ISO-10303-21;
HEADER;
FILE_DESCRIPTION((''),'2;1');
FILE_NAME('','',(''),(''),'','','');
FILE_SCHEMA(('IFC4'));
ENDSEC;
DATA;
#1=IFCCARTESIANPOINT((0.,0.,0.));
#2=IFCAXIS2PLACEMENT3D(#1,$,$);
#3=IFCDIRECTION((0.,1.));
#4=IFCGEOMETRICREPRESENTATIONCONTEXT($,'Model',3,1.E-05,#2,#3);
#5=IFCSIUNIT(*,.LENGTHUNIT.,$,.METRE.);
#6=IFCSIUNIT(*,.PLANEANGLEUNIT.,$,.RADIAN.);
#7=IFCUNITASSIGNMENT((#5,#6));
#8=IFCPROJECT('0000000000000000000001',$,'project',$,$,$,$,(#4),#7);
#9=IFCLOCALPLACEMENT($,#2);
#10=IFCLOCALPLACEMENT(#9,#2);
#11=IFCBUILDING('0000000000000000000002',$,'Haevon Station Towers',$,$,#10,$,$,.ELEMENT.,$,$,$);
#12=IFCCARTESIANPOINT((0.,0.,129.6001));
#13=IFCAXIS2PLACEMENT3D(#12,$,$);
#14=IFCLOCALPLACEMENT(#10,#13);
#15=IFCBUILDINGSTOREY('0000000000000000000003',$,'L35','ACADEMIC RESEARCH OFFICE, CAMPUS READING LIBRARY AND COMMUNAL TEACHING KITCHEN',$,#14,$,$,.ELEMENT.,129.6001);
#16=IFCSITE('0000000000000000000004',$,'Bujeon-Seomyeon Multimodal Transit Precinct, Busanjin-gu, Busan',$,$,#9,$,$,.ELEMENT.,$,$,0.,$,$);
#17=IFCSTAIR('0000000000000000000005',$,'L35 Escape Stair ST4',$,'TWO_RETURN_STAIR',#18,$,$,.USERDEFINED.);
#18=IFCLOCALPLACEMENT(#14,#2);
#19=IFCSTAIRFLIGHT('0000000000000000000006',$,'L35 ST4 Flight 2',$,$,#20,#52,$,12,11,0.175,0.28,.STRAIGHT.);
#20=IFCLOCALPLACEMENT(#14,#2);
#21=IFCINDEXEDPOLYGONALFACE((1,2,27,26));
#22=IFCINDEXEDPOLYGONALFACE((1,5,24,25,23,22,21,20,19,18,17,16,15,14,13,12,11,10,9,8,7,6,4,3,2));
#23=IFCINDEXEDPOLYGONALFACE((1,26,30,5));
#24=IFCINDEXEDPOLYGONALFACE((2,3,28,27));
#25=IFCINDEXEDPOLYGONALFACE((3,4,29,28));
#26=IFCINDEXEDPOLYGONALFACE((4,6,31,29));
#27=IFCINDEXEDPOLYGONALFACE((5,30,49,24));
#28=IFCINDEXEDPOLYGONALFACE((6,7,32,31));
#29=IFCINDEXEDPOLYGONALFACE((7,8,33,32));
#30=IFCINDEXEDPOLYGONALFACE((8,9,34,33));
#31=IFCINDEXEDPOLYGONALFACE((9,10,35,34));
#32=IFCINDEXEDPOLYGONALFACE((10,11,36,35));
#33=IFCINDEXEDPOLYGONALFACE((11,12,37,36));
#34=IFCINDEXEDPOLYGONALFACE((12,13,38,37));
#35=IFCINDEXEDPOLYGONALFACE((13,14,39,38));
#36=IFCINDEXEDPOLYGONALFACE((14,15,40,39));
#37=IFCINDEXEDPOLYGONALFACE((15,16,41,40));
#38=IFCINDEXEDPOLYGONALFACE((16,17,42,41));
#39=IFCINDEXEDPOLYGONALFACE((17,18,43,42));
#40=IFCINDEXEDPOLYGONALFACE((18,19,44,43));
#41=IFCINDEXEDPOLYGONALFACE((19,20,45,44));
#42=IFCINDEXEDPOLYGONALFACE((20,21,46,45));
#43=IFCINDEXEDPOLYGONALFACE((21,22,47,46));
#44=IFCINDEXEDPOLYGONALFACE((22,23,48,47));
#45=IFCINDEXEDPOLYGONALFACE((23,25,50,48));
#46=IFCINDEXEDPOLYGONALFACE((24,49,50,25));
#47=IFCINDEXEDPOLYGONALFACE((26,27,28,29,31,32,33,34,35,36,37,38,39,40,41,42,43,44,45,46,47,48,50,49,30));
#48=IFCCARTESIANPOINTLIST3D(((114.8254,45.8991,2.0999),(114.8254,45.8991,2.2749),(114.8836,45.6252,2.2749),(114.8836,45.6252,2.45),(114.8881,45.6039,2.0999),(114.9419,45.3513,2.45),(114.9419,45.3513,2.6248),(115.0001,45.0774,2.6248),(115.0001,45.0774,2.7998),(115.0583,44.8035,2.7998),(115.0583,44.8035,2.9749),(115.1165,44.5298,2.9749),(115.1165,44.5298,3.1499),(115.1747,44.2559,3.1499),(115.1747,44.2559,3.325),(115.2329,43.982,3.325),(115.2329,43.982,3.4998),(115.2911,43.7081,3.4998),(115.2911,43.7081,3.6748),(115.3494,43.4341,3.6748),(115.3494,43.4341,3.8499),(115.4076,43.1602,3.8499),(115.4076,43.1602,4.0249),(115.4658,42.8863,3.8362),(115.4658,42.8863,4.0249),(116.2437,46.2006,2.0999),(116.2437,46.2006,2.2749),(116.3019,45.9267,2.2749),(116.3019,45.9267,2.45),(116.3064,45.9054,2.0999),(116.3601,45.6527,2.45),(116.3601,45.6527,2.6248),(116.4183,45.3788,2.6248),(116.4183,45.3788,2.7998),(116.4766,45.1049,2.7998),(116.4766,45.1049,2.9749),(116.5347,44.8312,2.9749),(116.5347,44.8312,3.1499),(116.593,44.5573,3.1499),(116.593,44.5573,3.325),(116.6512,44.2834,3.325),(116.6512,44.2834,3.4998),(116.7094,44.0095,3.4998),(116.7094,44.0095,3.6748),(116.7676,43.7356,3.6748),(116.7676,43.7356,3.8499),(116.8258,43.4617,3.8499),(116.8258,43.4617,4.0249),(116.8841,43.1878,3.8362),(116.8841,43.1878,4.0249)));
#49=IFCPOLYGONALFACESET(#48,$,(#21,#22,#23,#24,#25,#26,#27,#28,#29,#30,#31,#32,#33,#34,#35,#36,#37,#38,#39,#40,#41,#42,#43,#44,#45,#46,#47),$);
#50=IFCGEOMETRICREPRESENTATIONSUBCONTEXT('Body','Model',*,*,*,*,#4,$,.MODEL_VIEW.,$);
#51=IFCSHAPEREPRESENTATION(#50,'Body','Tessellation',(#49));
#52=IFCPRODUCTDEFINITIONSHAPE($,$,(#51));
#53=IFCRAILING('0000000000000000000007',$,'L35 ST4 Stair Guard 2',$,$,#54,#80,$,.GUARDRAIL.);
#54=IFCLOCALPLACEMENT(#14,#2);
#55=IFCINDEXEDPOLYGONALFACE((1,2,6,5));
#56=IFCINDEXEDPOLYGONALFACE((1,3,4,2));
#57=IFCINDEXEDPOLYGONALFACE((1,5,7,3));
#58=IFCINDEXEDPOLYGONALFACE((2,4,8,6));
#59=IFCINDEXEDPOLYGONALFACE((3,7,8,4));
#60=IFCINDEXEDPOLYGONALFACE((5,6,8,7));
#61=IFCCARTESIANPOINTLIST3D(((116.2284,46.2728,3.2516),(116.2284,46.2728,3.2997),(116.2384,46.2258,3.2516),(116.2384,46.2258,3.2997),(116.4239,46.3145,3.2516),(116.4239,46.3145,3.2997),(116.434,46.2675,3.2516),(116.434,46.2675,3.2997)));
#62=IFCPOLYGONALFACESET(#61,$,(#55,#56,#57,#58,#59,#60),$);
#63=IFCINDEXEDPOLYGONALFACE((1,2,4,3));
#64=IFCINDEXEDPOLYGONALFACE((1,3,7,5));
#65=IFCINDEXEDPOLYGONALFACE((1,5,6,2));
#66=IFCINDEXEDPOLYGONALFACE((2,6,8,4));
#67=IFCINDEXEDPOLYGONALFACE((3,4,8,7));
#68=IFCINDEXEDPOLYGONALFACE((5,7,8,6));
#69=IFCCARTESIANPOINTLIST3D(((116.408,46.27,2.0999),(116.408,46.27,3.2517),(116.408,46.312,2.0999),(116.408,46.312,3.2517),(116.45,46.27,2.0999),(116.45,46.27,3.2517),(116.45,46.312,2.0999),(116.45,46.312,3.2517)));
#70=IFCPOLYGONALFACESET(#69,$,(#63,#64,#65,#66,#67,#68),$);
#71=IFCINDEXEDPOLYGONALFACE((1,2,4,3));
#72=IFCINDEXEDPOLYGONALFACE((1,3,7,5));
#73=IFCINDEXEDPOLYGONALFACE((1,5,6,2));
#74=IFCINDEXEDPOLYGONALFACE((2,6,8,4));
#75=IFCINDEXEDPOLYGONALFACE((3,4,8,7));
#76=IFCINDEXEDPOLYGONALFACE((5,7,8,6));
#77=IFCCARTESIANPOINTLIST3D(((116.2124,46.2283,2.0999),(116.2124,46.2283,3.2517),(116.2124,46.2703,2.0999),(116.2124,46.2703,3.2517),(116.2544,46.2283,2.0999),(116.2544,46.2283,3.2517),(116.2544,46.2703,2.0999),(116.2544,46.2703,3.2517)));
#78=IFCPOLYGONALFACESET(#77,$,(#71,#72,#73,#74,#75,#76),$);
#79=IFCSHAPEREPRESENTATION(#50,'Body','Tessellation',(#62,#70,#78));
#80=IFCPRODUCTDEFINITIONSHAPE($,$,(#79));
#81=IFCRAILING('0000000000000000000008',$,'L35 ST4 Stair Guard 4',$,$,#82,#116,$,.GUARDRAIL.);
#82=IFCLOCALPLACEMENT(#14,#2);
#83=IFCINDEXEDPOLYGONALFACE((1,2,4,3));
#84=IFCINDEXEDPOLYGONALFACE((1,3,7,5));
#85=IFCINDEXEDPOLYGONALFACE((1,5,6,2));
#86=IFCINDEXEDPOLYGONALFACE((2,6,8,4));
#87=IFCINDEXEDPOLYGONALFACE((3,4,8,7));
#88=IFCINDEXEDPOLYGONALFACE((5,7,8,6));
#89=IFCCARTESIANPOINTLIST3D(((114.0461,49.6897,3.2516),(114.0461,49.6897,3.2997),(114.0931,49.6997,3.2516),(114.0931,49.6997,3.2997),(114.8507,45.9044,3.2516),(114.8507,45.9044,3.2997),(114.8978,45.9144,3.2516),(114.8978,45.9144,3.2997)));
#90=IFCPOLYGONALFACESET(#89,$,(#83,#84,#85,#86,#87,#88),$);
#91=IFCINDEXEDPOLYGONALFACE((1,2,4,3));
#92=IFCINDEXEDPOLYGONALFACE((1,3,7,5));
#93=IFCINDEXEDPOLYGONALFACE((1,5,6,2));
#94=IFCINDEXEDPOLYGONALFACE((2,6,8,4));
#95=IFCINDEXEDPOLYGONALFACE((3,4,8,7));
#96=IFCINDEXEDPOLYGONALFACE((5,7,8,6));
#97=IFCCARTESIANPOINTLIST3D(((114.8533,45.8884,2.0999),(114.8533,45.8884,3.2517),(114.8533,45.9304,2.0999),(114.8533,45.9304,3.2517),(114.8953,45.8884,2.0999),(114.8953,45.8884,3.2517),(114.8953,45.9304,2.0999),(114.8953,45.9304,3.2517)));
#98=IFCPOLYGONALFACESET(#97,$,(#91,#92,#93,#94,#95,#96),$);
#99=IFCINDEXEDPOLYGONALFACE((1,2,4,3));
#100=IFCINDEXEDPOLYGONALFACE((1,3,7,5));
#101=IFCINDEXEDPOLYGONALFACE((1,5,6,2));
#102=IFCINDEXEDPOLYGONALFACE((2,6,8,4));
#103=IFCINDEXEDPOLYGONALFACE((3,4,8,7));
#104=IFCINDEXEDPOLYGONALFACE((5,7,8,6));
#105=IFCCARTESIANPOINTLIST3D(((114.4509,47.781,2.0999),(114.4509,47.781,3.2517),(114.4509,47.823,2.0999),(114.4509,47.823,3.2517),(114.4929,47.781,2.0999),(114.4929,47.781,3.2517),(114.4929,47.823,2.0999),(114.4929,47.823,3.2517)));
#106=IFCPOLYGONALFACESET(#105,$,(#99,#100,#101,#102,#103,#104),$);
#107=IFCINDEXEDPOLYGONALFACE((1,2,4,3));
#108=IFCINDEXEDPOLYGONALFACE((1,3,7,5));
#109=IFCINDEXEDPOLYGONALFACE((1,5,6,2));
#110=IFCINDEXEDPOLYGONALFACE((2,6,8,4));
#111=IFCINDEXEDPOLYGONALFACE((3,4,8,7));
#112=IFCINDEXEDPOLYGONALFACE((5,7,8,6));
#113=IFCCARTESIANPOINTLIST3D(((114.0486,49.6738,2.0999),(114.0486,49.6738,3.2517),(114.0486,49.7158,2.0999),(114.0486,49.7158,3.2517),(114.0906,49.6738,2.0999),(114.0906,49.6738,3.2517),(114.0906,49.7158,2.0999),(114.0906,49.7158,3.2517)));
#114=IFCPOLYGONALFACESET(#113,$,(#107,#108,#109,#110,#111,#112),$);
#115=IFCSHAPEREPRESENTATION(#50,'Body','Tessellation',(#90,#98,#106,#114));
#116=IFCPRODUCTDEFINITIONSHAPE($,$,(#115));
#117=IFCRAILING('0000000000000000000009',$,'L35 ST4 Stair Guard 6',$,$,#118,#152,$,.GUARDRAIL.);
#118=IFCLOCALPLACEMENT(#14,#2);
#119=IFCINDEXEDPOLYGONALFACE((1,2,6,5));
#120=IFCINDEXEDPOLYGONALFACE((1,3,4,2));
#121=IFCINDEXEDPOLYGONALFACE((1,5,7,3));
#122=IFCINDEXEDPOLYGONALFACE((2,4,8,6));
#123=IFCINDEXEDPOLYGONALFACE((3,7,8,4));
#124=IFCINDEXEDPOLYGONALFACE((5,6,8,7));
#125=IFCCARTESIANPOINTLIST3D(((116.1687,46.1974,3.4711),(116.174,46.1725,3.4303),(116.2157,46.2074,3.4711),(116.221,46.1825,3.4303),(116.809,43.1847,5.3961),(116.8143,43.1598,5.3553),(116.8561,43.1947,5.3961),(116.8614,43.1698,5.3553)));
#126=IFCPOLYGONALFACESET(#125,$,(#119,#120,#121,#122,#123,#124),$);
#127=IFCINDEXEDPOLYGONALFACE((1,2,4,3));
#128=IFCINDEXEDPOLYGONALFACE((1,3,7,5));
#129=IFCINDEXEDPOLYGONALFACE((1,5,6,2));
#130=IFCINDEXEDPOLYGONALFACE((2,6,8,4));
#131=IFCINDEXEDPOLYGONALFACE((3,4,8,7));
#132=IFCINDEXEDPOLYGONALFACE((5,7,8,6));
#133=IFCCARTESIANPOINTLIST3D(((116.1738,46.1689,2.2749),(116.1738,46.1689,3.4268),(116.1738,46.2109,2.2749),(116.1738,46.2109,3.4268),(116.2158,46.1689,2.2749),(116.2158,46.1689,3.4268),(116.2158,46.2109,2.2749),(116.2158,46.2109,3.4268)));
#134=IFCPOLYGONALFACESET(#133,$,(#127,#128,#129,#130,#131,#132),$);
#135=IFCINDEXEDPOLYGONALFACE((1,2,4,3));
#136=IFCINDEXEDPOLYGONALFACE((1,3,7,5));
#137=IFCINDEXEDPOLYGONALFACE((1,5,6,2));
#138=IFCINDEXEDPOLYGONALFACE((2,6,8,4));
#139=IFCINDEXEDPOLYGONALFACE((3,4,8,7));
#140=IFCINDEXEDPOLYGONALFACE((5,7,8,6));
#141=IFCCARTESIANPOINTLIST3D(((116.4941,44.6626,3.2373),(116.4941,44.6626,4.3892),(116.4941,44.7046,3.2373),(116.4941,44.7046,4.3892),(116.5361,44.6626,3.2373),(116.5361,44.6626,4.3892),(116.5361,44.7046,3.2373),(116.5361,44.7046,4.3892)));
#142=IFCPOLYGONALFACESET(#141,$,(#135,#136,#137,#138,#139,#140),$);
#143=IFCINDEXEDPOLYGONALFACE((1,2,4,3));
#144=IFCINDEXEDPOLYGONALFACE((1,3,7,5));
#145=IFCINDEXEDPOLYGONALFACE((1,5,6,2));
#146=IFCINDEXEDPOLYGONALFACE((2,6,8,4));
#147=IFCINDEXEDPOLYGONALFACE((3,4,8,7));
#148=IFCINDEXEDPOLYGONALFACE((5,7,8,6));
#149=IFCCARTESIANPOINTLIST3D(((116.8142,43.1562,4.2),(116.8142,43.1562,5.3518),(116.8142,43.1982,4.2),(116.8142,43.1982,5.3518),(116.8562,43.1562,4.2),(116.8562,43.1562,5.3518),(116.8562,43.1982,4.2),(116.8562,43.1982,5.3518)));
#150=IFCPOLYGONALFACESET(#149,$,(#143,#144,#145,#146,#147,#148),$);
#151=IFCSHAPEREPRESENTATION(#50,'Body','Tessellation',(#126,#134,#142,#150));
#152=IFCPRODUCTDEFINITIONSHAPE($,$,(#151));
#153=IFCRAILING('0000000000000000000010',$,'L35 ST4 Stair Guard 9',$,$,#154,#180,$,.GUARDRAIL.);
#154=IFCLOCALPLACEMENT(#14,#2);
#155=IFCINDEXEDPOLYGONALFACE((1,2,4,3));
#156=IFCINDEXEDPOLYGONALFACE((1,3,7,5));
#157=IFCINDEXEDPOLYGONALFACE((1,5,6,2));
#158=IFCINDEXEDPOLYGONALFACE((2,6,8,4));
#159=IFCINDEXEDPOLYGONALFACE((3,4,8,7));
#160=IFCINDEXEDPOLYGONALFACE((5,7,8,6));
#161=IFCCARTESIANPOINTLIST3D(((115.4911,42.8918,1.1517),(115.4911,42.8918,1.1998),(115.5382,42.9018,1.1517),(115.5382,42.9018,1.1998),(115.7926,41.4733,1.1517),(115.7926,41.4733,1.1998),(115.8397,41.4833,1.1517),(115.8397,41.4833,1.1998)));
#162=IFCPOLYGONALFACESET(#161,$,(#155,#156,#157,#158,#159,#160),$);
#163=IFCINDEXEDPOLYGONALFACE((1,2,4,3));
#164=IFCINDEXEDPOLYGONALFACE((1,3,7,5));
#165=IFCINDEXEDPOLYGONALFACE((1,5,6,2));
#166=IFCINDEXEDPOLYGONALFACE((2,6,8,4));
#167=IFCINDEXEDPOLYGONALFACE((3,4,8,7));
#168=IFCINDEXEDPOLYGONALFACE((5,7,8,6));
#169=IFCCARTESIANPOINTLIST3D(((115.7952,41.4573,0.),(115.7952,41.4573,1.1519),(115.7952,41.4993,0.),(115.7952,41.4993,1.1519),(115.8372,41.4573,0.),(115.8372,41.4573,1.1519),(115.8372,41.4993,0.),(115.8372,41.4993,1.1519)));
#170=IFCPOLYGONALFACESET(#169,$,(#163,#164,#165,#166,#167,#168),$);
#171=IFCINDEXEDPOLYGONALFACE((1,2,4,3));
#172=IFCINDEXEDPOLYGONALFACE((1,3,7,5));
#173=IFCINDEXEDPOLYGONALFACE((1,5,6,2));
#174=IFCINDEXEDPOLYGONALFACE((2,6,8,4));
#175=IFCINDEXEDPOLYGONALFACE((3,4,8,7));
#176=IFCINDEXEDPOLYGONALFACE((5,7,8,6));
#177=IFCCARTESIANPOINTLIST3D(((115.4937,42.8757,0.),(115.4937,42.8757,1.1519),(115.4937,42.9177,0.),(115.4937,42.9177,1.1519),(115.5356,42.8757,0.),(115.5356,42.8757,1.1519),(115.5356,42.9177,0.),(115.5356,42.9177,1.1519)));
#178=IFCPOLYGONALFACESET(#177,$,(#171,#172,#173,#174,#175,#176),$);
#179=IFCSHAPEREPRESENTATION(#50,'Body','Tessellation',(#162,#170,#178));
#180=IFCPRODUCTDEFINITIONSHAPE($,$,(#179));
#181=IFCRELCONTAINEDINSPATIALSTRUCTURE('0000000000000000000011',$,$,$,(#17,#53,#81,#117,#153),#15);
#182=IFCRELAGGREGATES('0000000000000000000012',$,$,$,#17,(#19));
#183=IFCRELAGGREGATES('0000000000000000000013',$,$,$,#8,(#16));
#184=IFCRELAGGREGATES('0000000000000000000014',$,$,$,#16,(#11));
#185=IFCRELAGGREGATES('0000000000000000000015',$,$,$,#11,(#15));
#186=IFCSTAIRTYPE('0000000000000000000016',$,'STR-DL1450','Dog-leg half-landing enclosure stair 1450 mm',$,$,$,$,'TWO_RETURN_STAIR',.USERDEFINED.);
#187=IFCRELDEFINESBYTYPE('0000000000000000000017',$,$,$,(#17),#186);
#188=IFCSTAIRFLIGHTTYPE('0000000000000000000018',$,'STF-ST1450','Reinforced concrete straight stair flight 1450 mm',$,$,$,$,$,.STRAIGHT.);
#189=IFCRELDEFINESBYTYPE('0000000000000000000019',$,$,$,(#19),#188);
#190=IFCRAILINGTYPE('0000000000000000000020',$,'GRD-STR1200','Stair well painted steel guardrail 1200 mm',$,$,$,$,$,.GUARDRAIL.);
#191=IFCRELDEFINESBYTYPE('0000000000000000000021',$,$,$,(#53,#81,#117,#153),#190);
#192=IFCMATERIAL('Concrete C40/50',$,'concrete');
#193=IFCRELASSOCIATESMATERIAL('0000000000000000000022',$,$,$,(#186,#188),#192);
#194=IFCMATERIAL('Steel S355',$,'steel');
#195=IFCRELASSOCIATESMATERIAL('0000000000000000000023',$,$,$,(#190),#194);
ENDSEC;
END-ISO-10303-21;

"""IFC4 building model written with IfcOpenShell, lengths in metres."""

from ifc_helpers import new_model, si_unit, direction, frame, origin, origin_2d, place, context, subcontext, project, spatial, polyline, rectangle, outline, extrude, material, type_object, element, aggregate, save


model = new_model("IFC4")

# Units and contexts
model_context = context("Model", 3, precision=1e-05, world=origin(), true_north=direction((0.0, 1.0)))
body_context = subcontext(model_context, "Body", "Model", "MODEL_VIEW")
ifc_project = project(units=[si_unit("LENGTHUNIT", "METRE"), si_unit("PLANEANGLEUNIT", "RADIAN")], contexts=[model_context])

# Site, building, storey
site_placement = place(None, origin())
site = spatial("IfcSite", under=ifc_project, at=site_placement, Name="Bujeon-Seomyeon Multimodal Transit Precinct, Busanjin-gu, Busan", CompositionType="ELEMENT", RefElevation=0.0)
building_placement = place(site_placement, origin())
building = spatial("IfcBuilding", under=site, at=building_placement, Name="Haevon Station Towers", CompositionType="ELEMENT")
storey_placement = place(building_placement, frame((0.0, 0.0, 129.6001)))
storey = spatial("IfcBuildingStorey", under=building, at=storey_placement, Name="L35", Description="ACADEMIC RESEARCH OFFICE, CAMPUS READING LIBRARY AND COMMUNAL TEACHING KITCHEN", CompositionType="ELEMENT", Elevation=129.6001)

# Shared definitions
ifc_material_1 = material(Name="Steel S355", Category="steel")

# Shared definitions
ifc_material_2 = material(Name="Concrete C40/50", Category="concrete")

# Stair, stair flight
stair_type = type_object("IfcStairType", Name="STR-DL1450", Description="Dog-leg half-landing enclosure stair 1450 mm", ElementType="TWO_RETURN_STAIR", PredefinedType="USERDEFINED", material=ifc_material_2)
stair_placement = place(storey_placement, origin())
stair = element("IfcStair", 1, at=stair_placement, inside=storey, type_object=stair_type, Name="L35 Escape Stair ST4", ObjectType="TWO_RETURN_STAIR", PredefinedType="USERDEFINED")
stair_flight_type = type_object("IfcStairFlightType", Name="STF-ST1450", Description="Reinforced concrete straight stair flight 1450 mm", PredefinedType="STRAIGHT", material=ifc_material_2)
stair_flight_placement = place(storey_placement, frame((115.5344, 46.0498, 2.0999), z_axis=(0.0, 0.0, 1.0), x_axis=(0.207912, -0.978148, 0.0)))
stair_flight = element("IfcStairFlight", 2, at=stair_flight_placement, type_object=stair_flight_type, Name="L35 ST4 Flight 2", NumberOfRisers=12, NumberOfTreads=11, PredefinedType="STRAIGHT", RiserHeight=0.175, TreadLength=0.28, context=body_context, shape_type="SweptSolid", body=[
    extrude(outline(polyline([(0.0, 0.0), (0.0, 0.175), (0.28, 0.175), (0.28, 0.3501), (0.5601, 0.3501), (0.5601, 0.5249), (0.8401, 0.5249), (0.8401, 0.7), (1.1201, 0.7), (1.1201, 0.875), (1.3999, 0.875), (1.3999, 1.05), (1.6799, 1.05), (1.6799, 1.2251), (1.96, 1.2251), (1.96, 1.3999), (2.24, 1.3999), (2.24, 1.575), (2.52, 1.575), (2.52, 1.75), (2.8, 1.75), (2.8, 1.925), (3.0801, 1.925), (3.0801, 2.1001), (3.0801, 1.7363), (0.3018, 0.0), (0.0, 0.0)])), frame((0.0, 0.7251, 0.0), z_axis=(0.0, -1.0, 0.0), x_axis=(1.0, 0.0, 0.0)), (0.0, 0.0, 1.0), 1.45),
])
aggregate(stair, [stair_flight])

# Railings
railing_type_1 = type_object("IfcRailingType", Name="GRD-STR1200", Description="Stair well painted steel guardrail 1200 mm", PredefinedType="GUARDRAIL", material=ifc_material_1)
railing_1_placement = place(storey_placement, frame((116.429, 46.291, 2.0999)))
element("IfcRailing", 3, at=railing_1_placement, inside=storey, type_object=railing_type_1, Name="L35 ST4 Stair Guard 2", PredefinedType="GUARDRAIL", context=body_context, shape_type="SweptSolid", body=[
    extrude(rectangle(XDim=0.0481, YDim=0.0481, at=origin_2d()), frame((0.0, 0.0, 1.1758), z_axis=(-0.977963, -0.208779, 0.0), x_axis=(0.208779, -0.977963, 0.0)), (0.0, 0.0, 1.0), 0.2),
    extrude(rectangle(XDim=0.042, YDim=0.042, at=origin_2d()), origin(), (0.0, 0.0, 1.0), 1.1519),
    extrude(rectangle(XDim=0.042, YDim=0.042, at=origin_2d()), frame((-0.1956, -0.0417, 0.0)), (0.0, 0.0, 1.0), 1.1519),
])
railing_2_placement = place(storey_placement, frame((114.8743, 45.9094, 2.0999)))
element("IfcRailing", 4, at=railing_2_placement, inside=storey, type_object=railing_type_1, Name="L35 ST4 Stair Guard 4", PredefinedType="GUARDRAIL", context=body_context, shape_type="SweptSolid", body=[
    extrude(rectangle(XDim=0.0481, YDim=0.0481, at=origin_2d()), frame((0.0, 0.0, 1.1758), z_axis=(-0.20793, 0.978144, 0.0), x_axis=(-0.978144, -0.20793, 0.0)), (0.0, 0.0, 1.0), 3.8699),
    extrude(rectangle(XDim=0.042, YDim=0.042, at=origin_2d()), origin(), (0.0, 0.0, 1.0), 1.1519),
    extrude(rectangle(XDim=0.042, YDim=0.042, at=origin_2d()), frame((-0.4023, 1.8926, 0.0)), (0.0, 0.0, 1.0), 1.1519),
    extrude(rectangle(XDim=0.042, YDim=0.042, at=origin_2d()), frame((-0.8047, 3.7854, 0.0)), (0.0, 0.0, 1.0), 1.1519),
])
railing_3_placement = place(storey_placement, frame((116.1948, 46.1899, 2.2749)))
element("IfcRailing", 5, at=railing_3_placement, inside=storey, type_object=railing_type_1, Name="L35 ST4 Stair Guard 6", PredefinedType="GUARDRAIL", context=body_context, shape_type="SweptSolid", body=[
    extrude(rectangle(XDim=0.0481, YDim=0.0481, at=origin_2d()), frame((0.0, 0.0, 1.1758), z_axis=(0.176311, -0.829461, 0.530008), x_axis=(0.978147, 0.207916, 0.0)), (0.0, 0.0, 1.0), 3.6321),
    extrude(rectangle(XDim=0.042, YDim=0.042, at=origin_2d()), origin(), (0.0, 0.0, 1.0), 1.1519),
    extrude(rectangle(XDim=0.042, YDim=0.042, at=origin_2d()), frame((0.3203, -1.5063, 0.9624)), (0.0, 0.0, 1.0), 1.1519),
    extrude(rectangle(XDim=0.042, YDim=0.042, at=origin_2d()), frame((0.6404, -3.0127, 1.925)), (0.0, 0.0, 1.0), 1.1519),
])
railing_4_placement = place(storey_placement, frame((115.8162, 41.4783, 0.0)))
element("IfcRailing", 6, at=railing_4_placement, inside=storey, type_object=railing_type_1, Name="L35 ST4 Stair Guard 9", PredefinedType="GUARDRAIL", context=body_context, shape_type="SweptSolid", body=[
    extrude(rectangle(XDim=0.0481, YDim=0.0481, at=origin_2d()), frame((0.0, 0.0, 1.1758), z_axis=(-0.207919, 0.978146, 0.0), x_axis=(-0.978146, -0.207919, 0.0)), (0.0, 0.0, 1.0), 1.4502),
    extrude(rectangle(XDim=0.042, YDim=0.042, at=origin_2d()), origin(), (0.0, 0.0, 1.0), 1.1519),
    extrude(rectangle(XDim=0.042, YDim=0.042, at=origin_2d()), frame((-0.3015, 1.4185, 0.0)), (0.0, 0.0, 1.0), 1.1519),
])

save(model, "model.ifc")
